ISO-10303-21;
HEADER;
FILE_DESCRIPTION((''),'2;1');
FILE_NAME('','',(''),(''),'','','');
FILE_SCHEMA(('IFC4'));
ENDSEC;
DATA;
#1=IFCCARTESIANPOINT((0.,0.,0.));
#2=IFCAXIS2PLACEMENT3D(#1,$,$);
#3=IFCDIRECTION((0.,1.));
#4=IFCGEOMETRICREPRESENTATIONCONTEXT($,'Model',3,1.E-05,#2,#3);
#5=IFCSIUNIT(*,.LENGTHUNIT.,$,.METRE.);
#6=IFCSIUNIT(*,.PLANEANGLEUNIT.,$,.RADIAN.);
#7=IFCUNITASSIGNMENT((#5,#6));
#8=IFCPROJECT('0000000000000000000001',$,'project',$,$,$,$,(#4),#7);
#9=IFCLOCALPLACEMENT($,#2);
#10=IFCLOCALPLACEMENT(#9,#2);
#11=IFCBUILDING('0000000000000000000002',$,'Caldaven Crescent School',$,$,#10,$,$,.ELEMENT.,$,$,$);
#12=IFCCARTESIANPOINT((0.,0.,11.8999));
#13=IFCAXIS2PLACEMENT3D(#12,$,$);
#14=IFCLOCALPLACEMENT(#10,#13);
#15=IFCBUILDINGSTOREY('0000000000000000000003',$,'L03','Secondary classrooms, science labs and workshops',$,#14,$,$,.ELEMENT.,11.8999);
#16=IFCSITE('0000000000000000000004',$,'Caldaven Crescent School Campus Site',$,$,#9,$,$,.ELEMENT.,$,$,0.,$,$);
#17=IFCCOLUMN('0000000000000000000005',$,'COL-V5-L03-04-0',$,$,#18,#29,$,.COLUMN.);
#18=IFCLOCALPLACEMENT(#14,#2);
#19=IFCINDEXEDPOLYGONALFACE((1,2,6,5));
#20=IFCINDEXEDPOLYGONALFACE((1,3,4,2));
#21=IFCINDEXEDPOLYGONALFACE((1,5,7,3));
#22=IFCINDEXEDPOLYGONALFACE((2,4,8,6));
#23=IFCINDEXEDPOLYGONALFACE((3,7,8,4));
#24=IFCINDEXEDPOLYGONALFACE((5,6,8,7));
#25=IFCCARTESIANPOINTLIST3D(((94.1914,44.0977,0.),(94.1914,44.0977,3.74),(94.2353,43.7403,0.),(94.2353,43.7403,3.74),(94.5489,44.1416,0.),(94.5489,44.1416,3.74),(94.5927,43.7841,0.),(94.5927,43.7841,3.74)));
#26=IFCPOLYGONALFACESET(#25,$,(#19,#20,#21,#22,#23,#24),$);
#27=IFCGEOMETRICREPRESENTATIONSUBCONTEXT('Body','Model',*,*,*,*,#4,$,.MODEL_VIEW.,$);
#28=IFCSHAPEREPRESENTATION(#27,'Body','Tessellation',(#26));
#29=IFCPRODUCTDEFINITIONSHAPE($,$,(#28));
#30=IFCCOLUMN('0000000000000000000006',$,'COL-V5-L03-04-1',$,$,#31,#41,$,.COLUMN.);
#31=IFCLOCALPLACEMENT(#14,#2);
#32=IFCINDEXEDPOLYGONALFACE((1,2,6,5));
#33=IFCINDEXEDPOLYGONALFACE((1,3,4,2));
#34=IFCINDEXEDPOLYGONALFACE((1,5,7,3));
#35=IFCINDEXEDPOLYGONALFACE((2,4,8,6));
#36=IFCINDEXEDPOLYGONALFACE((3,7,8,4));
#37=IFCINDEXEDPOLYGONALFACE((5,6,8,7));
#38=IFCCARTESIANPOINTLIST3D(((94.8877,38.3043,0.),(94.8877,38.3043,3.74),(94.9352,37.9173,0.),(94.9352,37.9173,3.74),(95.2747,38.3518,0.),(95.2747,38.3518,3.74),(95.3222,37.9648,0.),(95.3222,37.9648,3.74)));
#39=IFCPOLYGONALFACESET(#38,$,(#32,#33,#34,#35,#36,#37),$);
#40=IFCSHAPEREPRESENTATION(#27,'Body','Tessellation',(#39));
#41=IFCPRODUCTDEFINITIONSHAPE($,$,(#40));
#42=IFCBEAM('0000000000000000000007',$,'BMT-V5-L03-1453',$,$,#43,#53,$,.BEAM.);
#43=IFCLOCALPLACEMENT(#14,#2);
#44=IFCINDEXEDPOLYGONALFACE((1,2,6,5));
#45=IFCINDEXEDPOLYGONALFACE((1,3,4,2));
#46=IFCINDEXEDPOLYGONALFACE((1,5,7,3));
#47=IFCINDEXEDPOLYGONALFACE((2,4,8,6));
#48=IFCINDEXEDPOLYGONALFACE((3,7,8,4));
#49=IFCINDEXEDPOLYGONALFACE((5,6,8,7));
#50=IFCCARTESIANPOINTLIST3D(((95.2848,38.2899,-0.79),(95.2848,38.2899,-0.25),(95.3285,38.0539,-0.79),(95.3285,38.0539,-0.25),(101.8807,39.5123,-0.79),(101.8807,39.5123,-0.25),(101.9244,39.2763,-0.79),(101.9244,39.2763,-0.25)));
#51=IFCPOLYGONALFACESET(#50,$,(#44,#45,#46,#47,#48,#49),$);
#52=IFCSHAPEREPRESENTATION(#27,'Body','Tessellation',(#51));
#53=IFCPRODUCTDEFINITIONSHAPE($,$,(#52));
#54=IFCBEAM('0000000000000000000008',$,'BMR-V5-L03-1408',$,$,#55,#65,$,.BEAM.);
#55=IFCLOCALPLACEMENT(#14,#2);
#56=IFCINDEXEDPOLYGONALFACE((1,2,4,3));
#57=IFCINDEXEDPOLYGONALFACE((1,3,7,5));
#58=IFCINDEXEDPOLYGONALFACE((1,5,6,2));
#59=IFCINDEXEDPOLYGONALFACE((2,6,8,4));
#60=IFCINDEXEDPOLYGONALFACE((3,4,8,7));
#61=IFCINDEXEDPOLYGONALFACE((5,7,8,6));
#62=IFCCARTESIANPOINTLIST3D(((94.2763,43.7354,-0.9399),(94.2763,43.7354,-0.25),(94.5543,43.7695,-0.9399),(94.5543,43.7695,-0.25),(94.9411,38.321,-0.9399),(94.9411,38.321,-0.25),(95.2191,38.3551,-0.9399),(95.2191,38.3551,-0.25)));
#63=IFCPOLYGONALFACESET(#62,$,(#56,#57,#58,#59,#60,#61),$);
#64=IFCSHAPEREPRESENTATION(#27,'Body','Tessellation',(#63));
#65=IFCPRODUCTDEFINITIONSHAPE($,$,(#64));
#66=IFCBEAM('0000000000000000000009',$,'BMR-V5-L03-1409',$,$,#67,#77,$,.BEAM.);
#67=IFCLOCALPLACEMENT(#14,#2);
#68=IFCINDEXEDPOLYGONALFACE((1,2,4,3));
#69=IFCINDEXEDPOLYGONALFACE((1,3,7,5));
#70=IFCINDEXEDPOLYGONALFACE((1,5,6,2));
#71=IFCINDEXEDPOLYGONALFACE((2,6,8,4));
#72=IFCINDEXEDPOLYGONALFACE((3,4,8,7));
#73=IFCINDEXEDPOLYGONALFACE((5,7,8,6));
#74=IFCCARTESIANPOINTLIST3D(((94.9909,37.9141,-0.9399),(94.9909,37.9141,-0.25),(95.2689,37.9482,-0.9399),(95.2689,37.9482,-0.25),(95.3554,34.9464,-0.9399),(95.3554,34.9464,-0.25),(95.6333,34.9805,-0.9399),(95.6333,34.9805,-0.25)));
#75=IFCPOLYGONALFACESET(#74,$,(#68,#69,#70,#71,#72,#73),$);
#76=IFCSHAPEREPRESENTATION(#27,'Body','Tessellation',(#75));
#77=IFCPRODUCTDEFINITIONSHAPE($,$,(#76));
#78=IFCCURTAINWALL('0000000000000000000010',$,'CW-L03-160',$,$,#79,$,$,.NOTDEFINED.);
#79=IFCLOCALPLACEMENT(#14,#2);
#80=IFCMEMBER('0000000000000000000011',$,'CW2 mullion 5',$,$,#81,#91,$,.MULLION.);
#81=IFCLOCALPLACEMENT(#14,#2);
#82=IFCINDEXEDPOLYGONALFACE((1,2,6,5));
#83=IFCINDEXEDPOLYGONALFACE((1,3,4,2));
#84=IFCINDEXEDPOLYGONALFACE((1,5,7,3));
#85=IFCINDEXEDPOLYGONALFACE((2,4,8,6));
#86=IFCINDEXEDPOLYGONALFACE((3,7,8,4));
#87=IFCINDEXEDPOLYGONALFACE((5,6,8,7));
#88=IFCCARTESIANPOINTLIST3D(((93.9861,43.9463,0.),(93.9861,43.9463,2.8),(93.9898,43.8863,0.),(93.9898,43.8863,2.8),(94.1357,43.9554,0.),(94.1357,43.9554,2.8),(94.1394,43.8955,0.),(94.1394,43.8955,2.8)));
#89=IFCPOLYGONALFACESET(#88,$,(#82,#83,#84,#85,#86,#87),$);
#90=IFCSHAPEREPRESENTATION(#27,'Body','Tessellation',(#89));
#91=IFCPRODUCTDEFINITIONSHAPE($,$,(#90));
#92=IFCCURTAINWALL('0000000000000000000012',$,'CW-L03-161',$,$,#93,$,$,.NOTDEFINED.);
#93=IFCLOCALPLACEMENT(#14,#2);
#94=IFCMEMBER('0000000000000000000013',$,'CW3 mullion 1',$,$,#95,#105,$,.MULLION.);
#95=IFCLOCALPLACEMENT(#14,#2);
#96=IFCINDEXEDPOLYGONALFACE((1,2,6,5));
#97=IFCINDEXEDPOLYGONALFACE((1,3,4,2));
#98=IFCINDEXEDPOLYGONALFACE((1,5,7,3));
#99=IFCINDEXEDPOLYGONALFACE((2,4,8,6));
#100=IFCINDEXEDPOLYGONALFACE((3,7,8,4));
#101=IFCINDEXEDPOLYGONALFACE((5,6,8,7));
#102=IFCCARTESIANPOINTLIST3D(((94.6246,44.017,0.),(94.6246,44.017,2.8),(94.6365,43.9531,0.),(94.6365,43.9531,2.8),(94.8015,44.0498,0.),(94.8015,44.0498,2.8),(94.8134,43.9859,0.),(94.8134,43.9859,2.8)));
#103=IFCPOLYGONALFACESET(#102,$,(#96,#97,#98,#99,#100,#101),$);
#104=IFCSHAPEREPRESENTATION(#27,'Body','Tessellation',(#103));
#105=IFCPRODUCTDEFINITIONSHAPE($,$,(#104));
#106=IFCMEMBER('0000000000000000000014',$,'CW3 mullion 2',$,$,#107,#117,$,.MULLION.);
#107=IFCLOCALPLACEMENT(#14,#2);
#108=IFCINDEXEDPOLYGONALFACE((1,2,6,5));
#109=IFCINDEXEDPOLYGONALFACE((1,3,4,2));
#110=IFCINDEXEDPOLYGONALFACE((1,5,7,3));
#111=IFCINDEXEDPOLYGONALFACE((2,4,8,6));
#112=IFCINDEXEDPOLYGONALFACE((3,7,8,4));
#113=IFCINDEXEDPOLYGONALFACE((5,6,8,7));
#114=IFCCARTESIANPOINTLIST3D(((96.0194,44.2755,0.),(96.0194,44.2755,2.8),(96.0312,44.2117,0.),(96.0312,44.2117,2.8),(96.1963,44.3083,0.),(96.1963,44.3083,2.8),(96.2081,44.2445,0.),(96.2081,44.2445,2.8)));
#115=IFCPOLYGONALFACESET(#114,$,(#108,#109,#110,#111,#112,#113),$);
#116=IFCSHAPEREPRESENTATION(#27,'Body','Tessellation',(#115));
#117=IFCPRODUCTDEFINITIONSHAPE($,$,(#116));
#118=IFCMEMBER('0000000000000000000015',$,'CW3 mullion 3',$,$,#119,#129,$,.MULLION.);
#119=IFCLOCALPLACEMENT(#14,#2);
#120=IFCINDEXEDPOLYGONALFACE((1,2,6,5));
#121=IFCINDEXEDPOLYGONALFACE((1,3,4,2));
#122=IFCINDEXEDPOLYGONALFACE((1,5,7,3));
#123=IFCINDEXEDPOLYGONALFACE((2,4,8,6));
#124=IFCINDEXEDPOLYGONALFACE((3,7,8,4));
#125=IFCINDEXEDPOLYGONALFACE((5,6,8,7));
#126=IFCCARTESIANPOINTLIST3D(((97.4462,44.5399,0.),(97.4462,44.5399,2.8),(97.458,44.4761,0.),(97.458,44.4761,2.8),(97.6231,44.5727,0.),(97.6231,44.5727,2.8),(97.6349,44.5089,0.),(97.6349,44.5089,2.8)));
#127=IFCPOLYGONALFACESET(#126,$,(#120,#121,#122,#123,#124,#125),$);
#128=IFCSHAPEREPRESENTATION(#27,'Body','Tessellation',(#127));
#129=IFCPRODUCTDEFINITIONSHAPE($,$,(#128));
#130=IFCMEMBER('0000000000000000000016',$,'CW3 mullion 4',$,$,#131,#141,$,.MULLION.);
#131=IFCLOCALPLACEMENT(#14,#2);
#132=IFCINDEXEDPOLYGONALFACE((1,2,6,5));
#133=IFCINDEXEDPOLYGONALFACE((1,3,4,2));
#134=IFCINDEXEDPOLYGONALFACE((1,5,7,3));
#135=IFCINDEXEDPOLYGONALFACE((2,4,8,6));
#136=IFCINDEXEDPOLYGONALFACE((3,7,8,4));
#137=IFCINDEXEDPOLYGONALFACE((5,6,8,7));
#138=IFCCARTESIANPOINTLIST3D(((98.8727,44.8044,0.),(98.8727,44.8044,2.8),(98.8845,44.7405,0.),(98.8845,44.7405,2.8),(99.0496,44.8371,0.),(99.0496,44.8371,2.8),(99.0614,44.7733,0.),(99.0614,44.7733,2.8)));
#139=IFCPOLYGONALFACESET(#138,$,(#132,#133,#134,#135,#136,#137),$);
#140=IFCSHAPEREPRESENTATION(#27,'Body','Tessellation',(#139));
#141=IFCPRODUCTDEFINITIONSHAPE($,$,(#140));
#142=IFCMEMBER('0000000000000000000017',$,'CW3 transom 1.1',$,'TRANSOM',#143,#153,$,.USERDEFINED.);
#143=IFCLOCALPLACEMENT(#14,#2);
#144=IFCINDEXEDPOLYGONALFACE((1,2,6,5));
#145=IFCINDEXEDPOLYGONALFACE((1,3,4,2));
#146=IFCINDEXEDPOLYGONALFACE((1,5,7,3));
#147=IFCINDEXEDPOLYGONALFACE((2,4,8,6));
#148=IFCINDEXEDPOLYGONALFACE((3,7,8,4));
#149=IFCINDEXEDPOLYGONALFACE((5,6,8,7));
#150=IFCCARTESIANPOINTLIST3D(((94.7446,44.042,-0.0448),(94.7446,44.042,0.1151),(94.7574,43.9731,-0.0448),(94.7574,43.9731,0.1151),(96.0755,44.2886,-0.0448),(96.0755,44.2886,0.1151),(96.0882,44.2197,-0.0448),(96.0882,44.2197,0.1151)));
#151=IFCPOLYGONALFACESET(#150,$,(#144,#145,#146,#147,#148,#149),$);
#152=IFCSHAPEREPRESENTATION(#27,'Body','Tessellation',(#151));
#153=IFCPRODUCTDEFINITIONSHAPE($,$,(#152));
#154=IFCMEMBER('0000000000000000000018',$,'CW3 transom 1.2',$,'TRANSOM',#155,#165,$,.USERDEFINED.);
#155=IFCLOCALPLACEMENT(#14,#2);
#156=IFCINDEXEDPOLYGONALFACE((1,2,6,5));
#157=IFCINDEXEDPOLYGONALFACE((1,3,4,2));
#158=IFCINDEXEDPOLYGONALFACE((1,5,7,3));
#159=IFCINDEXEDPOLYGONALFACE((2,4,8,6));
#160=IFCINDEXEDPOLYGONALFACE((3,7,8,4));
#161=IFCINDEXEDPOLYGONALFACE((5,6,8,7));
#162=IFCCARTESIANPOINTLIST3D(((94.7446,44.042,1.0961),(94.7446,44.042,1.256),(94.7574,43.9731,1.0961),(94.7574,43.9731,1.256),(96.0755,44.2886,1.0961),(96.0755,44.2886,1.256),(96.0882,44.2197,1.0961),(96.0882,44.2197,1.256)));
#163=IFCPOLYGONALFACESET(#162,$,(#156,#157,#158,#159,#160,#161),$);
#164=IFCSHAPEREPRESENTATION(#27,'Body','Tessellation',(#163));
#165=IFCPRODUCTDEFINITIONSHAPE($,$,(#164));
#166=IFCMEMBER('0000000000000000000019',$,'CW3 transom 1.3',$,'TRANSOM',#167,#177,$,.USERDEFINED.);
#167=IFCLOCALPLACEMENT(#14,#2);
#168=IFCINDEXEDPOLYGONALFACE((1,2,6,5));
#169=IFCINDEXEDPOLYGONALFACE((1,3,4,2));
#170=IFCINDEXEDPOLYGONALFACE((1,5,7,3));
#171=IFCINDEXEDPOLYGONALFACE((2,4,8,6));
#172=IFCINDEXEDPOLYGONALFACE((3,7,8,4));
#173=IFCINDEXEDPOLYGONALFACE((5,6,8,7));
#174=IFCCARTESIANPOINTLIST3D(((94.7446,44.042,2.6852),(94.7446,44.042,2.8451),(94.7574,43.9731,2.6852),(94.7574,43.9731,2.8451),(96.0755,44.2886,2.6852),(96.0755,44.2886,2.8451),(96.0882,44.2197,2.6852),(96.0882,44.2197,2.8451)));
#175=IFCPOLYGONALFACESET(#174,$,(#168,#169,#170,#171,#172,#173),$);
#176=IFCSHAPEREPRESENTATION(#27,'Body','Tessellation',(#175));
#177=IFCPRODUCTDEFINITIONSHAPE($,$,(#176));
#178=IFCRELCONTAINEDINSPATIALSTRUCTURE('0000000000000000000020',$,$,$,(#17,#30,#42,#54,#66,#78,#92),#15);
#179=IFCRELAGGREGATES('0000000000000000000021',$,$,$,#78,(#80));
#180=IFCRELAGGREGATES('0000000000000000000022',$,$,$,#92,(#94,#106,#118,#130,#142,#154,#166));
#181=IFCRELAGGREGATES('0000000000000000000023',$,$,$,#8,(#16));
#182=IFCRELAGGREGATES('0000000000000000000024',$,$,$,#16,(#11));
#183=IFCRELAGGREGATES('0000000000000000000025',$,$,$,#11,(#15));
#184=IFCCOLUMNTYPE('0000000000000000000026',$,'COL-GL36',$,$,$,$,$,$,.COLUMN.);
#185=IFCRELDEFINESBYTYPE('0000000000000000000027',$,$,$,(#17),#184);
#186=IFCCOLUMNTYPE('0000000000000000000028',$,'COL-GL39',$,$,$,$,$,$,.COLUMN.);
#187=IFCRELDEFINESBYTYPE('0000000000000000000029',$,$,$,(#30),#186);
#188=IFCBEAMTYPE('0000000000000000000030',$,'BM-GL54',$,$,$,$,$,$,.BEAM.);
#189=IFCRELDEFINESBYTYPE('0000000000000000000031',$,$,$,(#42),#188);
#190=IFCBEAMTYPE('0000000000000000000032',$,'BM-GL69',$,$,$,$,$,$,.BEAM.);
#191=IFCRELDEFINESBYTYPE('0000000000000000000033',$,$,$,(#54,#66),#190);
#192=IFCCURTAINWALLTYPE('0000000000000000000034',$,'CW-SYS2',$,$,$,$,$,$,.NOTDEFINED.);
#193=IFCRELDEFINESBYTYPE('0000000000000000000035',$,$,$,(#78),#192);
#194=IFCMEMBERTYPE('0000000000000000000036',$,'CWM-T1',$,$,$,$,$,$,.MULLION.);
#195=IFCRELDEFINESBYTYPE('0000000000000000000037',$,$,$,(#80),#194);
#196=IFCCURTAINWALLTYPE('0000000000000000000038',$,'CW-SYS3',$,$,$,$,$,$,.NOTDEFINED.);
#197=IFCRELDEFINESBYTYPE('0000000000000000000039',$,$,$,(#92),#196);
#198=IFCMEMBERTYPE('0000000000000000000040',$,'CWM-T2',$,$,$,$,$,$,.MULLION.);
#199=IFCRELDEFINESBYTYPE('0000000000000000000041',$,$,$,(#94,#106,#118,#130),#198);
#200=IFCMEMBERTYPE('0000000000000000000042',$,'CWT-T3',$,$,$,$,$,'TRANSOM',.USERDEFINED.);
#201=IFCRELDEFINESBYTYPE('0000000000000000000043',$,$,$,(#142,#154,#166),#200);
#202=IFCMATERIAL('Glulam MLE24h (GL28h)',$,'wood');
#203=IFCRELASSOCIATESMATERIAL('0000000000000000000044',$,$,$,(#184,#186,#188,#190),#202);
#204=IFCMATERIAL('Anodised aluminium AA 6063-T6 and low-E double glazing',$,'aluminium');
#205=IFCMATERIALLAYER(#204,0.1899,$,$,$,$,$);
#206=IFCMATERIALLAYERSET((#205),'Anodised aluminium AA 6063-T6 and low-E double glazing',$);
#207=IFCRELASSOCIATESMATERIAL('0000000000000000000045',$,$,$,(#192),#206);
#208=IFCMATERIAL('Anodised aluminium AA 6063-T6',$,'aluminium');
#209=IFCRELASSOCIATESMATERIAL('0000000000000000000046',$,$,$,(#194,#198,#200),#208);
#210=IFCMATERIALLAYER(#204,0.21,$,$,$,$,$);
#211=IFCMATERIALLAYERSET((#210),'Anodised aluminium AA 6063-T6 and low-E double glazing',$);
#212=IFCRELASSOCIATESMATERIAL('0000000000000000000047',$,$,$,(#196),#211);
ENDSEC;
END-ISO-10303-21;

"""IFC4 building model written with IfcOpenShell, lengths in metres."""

from ifc_helpers import new_model, si_unit, direction, frame, origin, origin_2d, place, context, subcontext, project, spatial, rectangle, extrude, material, layer, layer_set, material_profile, profile_set, type_object, element, aggregate, save


model = new_model("IFC4")

# Units and contexts
model_context = context("Model", 3, precision=1e-05, world=origin(), true_north=direction((0.0, 1.0)))
body_context = subcontext(model_context, "Body", "Model", "MODEL_VIEW")
ifc_project = project(units=[si_unit("LENGTHUNIT", "METRE"), si_unit("PLANEANGLEUNIT", "RADIAN")], contexts=[model_context])

# Site, building, storey
site_placement = place(None, origin())
site = spatial("IfcSite", under=ifc_project, at=site_placement, Name="Caldaven Crescent School Campus Site", CompositionType="ELEMENT", RefElevation=0.0)
building_placement = place(site_placement, origin())
building = spatial("IfcBuilding", under=site, at=building_placement, Name="Caldaven Crescent School", CompositionType="ELEMENT")
storey_placement = place(building_placement, frame((0.0, 0.0, 11.8999)))
storey = spatial("IfcBuildingStorey", under=building, at=storey_placement, Name="L03", Description="Secondary classrooms, science labs and workshops", CompositionType="ELEMENT", Elevation=11.8999)

# Columns
ifc_material_1 = material(Name="Glulam MLE24h (GL28h)", Category="wood")
ifc_material_profile_1 = material_profile(ifc_material_1, rectangle(XDim=0.3601, YDim=0.3601, at=origin_2d()), Name="MLE 360x360")
ifc_profile_set_1 = profile_set([ifc_material_profile_1], Name="Glulam MLE24h (GL28h)")
column_type_1 = type_object("IfcColumnType", Name="COL-GL36", PredefinedType="COLUMN", material=ifc_profile_set_1)
column_1_placement = place(storey_placement, frame((94.3921, 43.9409, 0.0), z_axis=(0.0, 0.0, 1.0), x_axis=(0.121869, -0.992546, 0.0)))
element("IfcColumn", 1, at=column_1_placement, inside=storey, type_object=column_type_1, Name="COL-V5-L03-04-0", PredefinedType="COLUMN", context=body_context, shape_type="SweptSolid", body=[
    extrude(rectangle(XDim=0.3601, YDim=0.3601, at=origin_2d()), origin(), (0.0, 0.0, 1.0), 3.74),
])
ifc_material_profile_2 = material_profile(ifc_material_1, rectangle(XDim=0.3899, YDim=0.3899, at=origin_2d()), Name="MLE 390x390")
ifc_profile_set_2 = profile_set([ifc_material_profile_2], Name="Glulam MLE24h (GL28h)")
column_type_2 = type_object("IfcColumnType", Name="COL-GL39", PredefinedType="COLUMN", material=ifc_profile_set_2)
column_2_placement = place(storey_placement, frame((95.105, 38.1345, 0.0), z_axis=(0.0, 0.0, 1.0), x_axis=(0.121869, -0.992546, 0.0)))
element("IfcColumn", 2, at=column_2_placement, inside=storey, type_object=column_type_2, Name="COL-V5-L03-04-1", PredefinedType="COLUMN", context=body_context, shape_type="SweptSolid", body=[
    extrude(rectangle(XDim=0.3899, YDim=0.3899, at=origin_2d()), origin(), (0.0, 0.0, 1.0), 3.74),
])

# Beams
ifc_material_profile_3 = material_profile(ifc_material_1, rectangle(XDim=0.24, YDim=0.54, at=origin_2d()), Name="MLE 240x540")
ifc_profile_set_3 = profile_set([ifc_material_profile_3], Name="Glulam MLE24h (GL28h)")
beam_type_1 = type_object("IfcBeamType", Name="BM-GL54", PredefinedType="BEAM", material=ifc_profile_set_3)
beam_1_placement = place(storey_placement, frame((95.3066, 38.1719, -0.52), z_axis=(0.983257, 0.182225, 0.0), x_axis=(-0.182225, 0.983257, 0.0)))
element("IfcBeam", 3, at=beam_1_placement, inside=storey, type_object=beam_type_1, Name="BMT-V5-L03-1453", PredefinedType="BEAM", context=body_context, shape_type="SweptSolid", body=[
    extrude(rectangle(XDim=0.24, YDim=0.54, at=origin_2d()), origin(), (0.0, 0.0, 1.0), 6.7083),
])
ifc_material_profile_4 = material_profile(ifc_material_1, rectangle(XDim=0.28, YDim=0.6899, at=origin_2d()), Name="MLE 280x690")
ifc_profile_set_4 = profile_set([ifc_material_profile_4], Name="Glulam MLE24h (GL28h)")
beam_type_2 = type_object("IfcBeamType", Name="BM-GL69", PredefinedType="BEAM", material=ifc_profile_set_4)
beam_2_placement = place(storey_placement, frame((94.4153, 43.7524, -0.595), z_axis=(0.12187, -0.992546, 0.0), x_axis=(0.992546, 0.12187, 0.0)))
element("IfcBeam", 4, at=beam_2_placement, inside=storey, type_object=beam_type_2, Name="BMR-V5-L03-1408", PredefinedType="BEAM", context=body_context, shape_type="SweptSolid", body=[
    extrude(rectangle(XDim=0.28, YDim=0.6899, at=origin_2d()), origin(), (0.0, 0.0, 1.0), 5.4551),
])
beam_3_placement = place(storey_placement, frame((95.1299, 37.9312, -0.595), z_axis=(0.121904, -0.992542, 0.0), x_axis=(0.992542, 0.121904, 0.0)))
element("IfcBeam", 5, at=beam_3_placement, inside=storey, type_object=beam_type_2, Name="BMR-V5-L03-1409", PredefinedType="BEAM", context=body_context, shape_type="SweptSolid", body=[
    extrude(rectangle(XDim=0.28, YDim=0.6899, at=origin_2d()), origin(), (0.0, 0.0, 1.0), 2.99),
])

# Curtain wall, member
ifc_material_2 = material(Name="Anodised aluminium AA 6063-T6 and low-E double glazing", Category="aluminium")
ifc_layer_1 = layer(ifc_material_2, 0.1899)
ifc_layer_set_1 = layer_set([ifc_layer_1], Name="Anodised aluminium AA 6063-T6 and low-E double glazing")
curtain_wall_type_1 = type_object("IfcCurtainWallType", Name="CW-SYS2", PredefinedType="NOTDEFINED", material=ifc_layer_set_1)
curtain_wall_1_placement = place(storey_placement, origin())
curtain_wall_1 = element("IfcCurtainWall", 6, at=curtain_wall_1_placement, inside=storey, type_object=curtain_wall_type_1, Name="CW-L03-160", PredefinedType="NOTDEFINED")
ifc_material_3 = material(Name="Anodised aluminium AA 6063-T6", Category="aluminium")
ifc_material_profile_5 = material_profile(ifc_material_3, rectangle(XDim=0.0601, YDim=0.1499, at=origin_2d()), Name="CWM 60x150")
ifc_profile_set_5 = profile_set([ifc_material_profile_5], Name="Anodised aluminium AA 6063-T6")
member_type_1 = type_object("IfcMemberType", Name="CWM-T1", PredefinedType="MULLION", material=ifc_profile_set_5)
member_1_placement = place(storey_placement, frame((94.0627, 43.9209, 0.0), z_axis=(0.0, 0.0, 1.0), x_axis=(-0.061049, 0.998135, 0.0)))
member_1 = element("IfcMember", 7, at=member_1_placement, type_object=member_type_1, Name="CW2 mullion 5", PredefinedType="MULLION", context=body_context, shape_type="SweptSolid", body=[
    extrude(rectangle(XDim=0.0601, YDim=0.1499, at=origin_2d()), origin(), (0.0, 0.0, 1.0), 2.8),
])
aggregate(curtain_wall_1, [member_1])

# Curtain wall, members
ifc_layer_2 = layer(ifc_material_2, 0.21)
ifc_layer_set_2 = layer_set([ifc_layer_2], Name="Anodised aluminium AA 6063-T6 and low-E double glazing")
curtain_wall_type_2 = type_object("IfcCurtainWallType", Name="CW-SYS3", PredefinedType="NOTDEFINED", material=ifc_layer_set_2)
curtain_wall_2_placement = place(storey_placement, origin())
curtain_wall_2 = element("IfcCurtainWall", 8, at=curtain_wall_2_placement, inside=storey, type_object=curtain_wall_type_2, Name="CW-L03-161", PredefinedType="NOTDEFINED")
ifc_material_profile_6 = material_profile(ifc_material_3, rectangle(XDim=0.0649, YDim=0.1799, at=origin_2d()), Name="CWM 65x180")
ifc_profile_set_6 = profile_set([ifc_material_profile_6], Name="Anodised aluminium AA 6063-T6")
member_type_2 = type_object("IfcMemberType", Name="CWM-T2", PredefinedType="MULLION", material=ifc_profile_set_6)
member_2_placement = place(storey_placement, frame((94.719, 44.0015, 0.0), z_axis=(0.0, 0.0, 1.0), x_axis=(-0.182236, 0.983255, 0.0)))
member_2 = element("IfcMember", 9, at=member_2_placement, type_object=member_type_2, Name="CW3 mullion 1", PredefinedType="MULLION", context=body_context, shape_type="SweptSolid", body=[
    extrude(rectangle(XDim=0.0649, YDim=0.1799, at=origin_2d()), origin(), (0.0, 0.0, 1.0), 2.8),
])
member_3_placement = place(storey_placement, frame((96.1138, 44.26, 0.0), z_axis=(0.0, 0.0, 1.0), x_axis=(-0.182236, 0.983255, 0.0)))
member_3 = element("IfcMember", 10, at=member_3_placement, type_object=member_type_2, Name="CW3 mullion 2", PredefinedType="MULLION", context=body_context, shape_type="SweptSolid", body=[
    extrude(rectangle(XDim=0.0649, YDim=0.1799, at=origin_2d()), origin(), (0.0, 0.0, 1.0), 2.8),
])
member_4_placement = place(storey_placement, frame((97.5405, 44.5244, 0.0), z_axis=(0.0, 0.0, 1.0), x_axis=(-0.182236, 0.983255, 0.0)))
member_4 = element("IfcMember", 11, at=member_4_placement, type_object=member_type_2, Name="CW3 mullion 3", PredefinedType="MULLION", context=body_context, shape_type="SweptSolid", body=[
    extrude(rectangle(XDim=0.0649, YDim=0.1799, at=origin_2d()), origin(), (0.0, 0.0, 1.0), 2.8),
])
member_5_placement = place(storey_placement, frame((98.967, 44.7888, 0.0), z_axis=(0.0, 0.0, 1.0), x_axis=(-0.182236, 0.983255, 0.0)))
member_5 = element("IfcMember", 12, at=member_5_placement, type_object=member_type_2, Name="CW3 mullion 4", PredefinedType="MULLION", context=body_context, shape_type="SweptSolid", body=[
    extrude(rectangle(XDim=0.0649, YDim=0.1799, at=origin_2d()), origin(), (0.0, 0.0, 1.0), 2.8),
])
ifc_material_profile_7 = material_profile(ifc_material_3, rectangle(XDim=0.0701, YDim=0.1599, at=origin_2d()), Name="CWT 70x160")
ifc_profile_set_7 = profile_set([ifc_material_profile_7], Name="Anodised aluminium AA 6063-T6")
member_type_3 = type_object("IfcMemberType", Name="CWT-T3", ElementType="TRANSOM", PredefinedType="USERDEFINED", material=ifc_profile_set_7)
member_6_placement = place(storey_placement, frame((94.751, 44.0076, 0.0352), z_axis=(0.983264, 0.182186, 0.0), x_axis=(-0.182186, 0.983264, 0.0)))
member_6 = element("IfcMember", 13, at=member_6_placement, type_object=member_type_3, Name="CW3 transom 1.1", ObjectType="TRANSOM", PredefinedType="USERDEFINED", context=body_context, shape_type="SweptSolid", body=[
    extrude(rectangle(XDim=0.0701, YDim=0.1599, at=origin_2d()), origin(), (0.0, 0.0, 1.0), 1.3535),
])
member_7_placement = place(storey_placement, frame((94.751, 44.0076, 1.176), z_axis=(0.983264, 0.182186, 0.0), x_axis=(-0.182186, 0.983264, 0.0)))
member_7 = element("IfcMember", 14, at=member_7_placement, type_object=member_type_3, Name="CW3 transom 1.2", ObjectType="TRANSOM", PredefinedType="USERDEFINED", context=body_context, shape_type="SweptSolid", body=[
    extrude(rectangle(XDim=0.0701, YDim=0.1599, at=origin_2d()), origin(), (0.0, 0.0, 1.0), 1.3535),
])
member_8_placement = place(storey_placement, frame((94.751, 44.0076, 2.7651), z_axis=(0.983264, 0.182186, 0.0), x_axis=(-0.182186, 0.983264, 0.0)))
member_8 = element("IfcMember", 15, at=member_8_placement, type_object=member_type_3, Name="CW3 transom 1.3", ObjectType="TRANSOM", PredefinedType="USERDEFINED", context=body_context, shape_type="SweptSolid", body=[
    extrude(rectangle(XDim=0.0701, YDim=0.1599, at=origin_2d()), origin(), (0.0, 0.0, 1.0), 1.3535),
])

aggregate(curtain_wall_2, [member_2, member_3, member_4, member_5, member_6, member_7, member_8])

save(model, "model.ifc")
